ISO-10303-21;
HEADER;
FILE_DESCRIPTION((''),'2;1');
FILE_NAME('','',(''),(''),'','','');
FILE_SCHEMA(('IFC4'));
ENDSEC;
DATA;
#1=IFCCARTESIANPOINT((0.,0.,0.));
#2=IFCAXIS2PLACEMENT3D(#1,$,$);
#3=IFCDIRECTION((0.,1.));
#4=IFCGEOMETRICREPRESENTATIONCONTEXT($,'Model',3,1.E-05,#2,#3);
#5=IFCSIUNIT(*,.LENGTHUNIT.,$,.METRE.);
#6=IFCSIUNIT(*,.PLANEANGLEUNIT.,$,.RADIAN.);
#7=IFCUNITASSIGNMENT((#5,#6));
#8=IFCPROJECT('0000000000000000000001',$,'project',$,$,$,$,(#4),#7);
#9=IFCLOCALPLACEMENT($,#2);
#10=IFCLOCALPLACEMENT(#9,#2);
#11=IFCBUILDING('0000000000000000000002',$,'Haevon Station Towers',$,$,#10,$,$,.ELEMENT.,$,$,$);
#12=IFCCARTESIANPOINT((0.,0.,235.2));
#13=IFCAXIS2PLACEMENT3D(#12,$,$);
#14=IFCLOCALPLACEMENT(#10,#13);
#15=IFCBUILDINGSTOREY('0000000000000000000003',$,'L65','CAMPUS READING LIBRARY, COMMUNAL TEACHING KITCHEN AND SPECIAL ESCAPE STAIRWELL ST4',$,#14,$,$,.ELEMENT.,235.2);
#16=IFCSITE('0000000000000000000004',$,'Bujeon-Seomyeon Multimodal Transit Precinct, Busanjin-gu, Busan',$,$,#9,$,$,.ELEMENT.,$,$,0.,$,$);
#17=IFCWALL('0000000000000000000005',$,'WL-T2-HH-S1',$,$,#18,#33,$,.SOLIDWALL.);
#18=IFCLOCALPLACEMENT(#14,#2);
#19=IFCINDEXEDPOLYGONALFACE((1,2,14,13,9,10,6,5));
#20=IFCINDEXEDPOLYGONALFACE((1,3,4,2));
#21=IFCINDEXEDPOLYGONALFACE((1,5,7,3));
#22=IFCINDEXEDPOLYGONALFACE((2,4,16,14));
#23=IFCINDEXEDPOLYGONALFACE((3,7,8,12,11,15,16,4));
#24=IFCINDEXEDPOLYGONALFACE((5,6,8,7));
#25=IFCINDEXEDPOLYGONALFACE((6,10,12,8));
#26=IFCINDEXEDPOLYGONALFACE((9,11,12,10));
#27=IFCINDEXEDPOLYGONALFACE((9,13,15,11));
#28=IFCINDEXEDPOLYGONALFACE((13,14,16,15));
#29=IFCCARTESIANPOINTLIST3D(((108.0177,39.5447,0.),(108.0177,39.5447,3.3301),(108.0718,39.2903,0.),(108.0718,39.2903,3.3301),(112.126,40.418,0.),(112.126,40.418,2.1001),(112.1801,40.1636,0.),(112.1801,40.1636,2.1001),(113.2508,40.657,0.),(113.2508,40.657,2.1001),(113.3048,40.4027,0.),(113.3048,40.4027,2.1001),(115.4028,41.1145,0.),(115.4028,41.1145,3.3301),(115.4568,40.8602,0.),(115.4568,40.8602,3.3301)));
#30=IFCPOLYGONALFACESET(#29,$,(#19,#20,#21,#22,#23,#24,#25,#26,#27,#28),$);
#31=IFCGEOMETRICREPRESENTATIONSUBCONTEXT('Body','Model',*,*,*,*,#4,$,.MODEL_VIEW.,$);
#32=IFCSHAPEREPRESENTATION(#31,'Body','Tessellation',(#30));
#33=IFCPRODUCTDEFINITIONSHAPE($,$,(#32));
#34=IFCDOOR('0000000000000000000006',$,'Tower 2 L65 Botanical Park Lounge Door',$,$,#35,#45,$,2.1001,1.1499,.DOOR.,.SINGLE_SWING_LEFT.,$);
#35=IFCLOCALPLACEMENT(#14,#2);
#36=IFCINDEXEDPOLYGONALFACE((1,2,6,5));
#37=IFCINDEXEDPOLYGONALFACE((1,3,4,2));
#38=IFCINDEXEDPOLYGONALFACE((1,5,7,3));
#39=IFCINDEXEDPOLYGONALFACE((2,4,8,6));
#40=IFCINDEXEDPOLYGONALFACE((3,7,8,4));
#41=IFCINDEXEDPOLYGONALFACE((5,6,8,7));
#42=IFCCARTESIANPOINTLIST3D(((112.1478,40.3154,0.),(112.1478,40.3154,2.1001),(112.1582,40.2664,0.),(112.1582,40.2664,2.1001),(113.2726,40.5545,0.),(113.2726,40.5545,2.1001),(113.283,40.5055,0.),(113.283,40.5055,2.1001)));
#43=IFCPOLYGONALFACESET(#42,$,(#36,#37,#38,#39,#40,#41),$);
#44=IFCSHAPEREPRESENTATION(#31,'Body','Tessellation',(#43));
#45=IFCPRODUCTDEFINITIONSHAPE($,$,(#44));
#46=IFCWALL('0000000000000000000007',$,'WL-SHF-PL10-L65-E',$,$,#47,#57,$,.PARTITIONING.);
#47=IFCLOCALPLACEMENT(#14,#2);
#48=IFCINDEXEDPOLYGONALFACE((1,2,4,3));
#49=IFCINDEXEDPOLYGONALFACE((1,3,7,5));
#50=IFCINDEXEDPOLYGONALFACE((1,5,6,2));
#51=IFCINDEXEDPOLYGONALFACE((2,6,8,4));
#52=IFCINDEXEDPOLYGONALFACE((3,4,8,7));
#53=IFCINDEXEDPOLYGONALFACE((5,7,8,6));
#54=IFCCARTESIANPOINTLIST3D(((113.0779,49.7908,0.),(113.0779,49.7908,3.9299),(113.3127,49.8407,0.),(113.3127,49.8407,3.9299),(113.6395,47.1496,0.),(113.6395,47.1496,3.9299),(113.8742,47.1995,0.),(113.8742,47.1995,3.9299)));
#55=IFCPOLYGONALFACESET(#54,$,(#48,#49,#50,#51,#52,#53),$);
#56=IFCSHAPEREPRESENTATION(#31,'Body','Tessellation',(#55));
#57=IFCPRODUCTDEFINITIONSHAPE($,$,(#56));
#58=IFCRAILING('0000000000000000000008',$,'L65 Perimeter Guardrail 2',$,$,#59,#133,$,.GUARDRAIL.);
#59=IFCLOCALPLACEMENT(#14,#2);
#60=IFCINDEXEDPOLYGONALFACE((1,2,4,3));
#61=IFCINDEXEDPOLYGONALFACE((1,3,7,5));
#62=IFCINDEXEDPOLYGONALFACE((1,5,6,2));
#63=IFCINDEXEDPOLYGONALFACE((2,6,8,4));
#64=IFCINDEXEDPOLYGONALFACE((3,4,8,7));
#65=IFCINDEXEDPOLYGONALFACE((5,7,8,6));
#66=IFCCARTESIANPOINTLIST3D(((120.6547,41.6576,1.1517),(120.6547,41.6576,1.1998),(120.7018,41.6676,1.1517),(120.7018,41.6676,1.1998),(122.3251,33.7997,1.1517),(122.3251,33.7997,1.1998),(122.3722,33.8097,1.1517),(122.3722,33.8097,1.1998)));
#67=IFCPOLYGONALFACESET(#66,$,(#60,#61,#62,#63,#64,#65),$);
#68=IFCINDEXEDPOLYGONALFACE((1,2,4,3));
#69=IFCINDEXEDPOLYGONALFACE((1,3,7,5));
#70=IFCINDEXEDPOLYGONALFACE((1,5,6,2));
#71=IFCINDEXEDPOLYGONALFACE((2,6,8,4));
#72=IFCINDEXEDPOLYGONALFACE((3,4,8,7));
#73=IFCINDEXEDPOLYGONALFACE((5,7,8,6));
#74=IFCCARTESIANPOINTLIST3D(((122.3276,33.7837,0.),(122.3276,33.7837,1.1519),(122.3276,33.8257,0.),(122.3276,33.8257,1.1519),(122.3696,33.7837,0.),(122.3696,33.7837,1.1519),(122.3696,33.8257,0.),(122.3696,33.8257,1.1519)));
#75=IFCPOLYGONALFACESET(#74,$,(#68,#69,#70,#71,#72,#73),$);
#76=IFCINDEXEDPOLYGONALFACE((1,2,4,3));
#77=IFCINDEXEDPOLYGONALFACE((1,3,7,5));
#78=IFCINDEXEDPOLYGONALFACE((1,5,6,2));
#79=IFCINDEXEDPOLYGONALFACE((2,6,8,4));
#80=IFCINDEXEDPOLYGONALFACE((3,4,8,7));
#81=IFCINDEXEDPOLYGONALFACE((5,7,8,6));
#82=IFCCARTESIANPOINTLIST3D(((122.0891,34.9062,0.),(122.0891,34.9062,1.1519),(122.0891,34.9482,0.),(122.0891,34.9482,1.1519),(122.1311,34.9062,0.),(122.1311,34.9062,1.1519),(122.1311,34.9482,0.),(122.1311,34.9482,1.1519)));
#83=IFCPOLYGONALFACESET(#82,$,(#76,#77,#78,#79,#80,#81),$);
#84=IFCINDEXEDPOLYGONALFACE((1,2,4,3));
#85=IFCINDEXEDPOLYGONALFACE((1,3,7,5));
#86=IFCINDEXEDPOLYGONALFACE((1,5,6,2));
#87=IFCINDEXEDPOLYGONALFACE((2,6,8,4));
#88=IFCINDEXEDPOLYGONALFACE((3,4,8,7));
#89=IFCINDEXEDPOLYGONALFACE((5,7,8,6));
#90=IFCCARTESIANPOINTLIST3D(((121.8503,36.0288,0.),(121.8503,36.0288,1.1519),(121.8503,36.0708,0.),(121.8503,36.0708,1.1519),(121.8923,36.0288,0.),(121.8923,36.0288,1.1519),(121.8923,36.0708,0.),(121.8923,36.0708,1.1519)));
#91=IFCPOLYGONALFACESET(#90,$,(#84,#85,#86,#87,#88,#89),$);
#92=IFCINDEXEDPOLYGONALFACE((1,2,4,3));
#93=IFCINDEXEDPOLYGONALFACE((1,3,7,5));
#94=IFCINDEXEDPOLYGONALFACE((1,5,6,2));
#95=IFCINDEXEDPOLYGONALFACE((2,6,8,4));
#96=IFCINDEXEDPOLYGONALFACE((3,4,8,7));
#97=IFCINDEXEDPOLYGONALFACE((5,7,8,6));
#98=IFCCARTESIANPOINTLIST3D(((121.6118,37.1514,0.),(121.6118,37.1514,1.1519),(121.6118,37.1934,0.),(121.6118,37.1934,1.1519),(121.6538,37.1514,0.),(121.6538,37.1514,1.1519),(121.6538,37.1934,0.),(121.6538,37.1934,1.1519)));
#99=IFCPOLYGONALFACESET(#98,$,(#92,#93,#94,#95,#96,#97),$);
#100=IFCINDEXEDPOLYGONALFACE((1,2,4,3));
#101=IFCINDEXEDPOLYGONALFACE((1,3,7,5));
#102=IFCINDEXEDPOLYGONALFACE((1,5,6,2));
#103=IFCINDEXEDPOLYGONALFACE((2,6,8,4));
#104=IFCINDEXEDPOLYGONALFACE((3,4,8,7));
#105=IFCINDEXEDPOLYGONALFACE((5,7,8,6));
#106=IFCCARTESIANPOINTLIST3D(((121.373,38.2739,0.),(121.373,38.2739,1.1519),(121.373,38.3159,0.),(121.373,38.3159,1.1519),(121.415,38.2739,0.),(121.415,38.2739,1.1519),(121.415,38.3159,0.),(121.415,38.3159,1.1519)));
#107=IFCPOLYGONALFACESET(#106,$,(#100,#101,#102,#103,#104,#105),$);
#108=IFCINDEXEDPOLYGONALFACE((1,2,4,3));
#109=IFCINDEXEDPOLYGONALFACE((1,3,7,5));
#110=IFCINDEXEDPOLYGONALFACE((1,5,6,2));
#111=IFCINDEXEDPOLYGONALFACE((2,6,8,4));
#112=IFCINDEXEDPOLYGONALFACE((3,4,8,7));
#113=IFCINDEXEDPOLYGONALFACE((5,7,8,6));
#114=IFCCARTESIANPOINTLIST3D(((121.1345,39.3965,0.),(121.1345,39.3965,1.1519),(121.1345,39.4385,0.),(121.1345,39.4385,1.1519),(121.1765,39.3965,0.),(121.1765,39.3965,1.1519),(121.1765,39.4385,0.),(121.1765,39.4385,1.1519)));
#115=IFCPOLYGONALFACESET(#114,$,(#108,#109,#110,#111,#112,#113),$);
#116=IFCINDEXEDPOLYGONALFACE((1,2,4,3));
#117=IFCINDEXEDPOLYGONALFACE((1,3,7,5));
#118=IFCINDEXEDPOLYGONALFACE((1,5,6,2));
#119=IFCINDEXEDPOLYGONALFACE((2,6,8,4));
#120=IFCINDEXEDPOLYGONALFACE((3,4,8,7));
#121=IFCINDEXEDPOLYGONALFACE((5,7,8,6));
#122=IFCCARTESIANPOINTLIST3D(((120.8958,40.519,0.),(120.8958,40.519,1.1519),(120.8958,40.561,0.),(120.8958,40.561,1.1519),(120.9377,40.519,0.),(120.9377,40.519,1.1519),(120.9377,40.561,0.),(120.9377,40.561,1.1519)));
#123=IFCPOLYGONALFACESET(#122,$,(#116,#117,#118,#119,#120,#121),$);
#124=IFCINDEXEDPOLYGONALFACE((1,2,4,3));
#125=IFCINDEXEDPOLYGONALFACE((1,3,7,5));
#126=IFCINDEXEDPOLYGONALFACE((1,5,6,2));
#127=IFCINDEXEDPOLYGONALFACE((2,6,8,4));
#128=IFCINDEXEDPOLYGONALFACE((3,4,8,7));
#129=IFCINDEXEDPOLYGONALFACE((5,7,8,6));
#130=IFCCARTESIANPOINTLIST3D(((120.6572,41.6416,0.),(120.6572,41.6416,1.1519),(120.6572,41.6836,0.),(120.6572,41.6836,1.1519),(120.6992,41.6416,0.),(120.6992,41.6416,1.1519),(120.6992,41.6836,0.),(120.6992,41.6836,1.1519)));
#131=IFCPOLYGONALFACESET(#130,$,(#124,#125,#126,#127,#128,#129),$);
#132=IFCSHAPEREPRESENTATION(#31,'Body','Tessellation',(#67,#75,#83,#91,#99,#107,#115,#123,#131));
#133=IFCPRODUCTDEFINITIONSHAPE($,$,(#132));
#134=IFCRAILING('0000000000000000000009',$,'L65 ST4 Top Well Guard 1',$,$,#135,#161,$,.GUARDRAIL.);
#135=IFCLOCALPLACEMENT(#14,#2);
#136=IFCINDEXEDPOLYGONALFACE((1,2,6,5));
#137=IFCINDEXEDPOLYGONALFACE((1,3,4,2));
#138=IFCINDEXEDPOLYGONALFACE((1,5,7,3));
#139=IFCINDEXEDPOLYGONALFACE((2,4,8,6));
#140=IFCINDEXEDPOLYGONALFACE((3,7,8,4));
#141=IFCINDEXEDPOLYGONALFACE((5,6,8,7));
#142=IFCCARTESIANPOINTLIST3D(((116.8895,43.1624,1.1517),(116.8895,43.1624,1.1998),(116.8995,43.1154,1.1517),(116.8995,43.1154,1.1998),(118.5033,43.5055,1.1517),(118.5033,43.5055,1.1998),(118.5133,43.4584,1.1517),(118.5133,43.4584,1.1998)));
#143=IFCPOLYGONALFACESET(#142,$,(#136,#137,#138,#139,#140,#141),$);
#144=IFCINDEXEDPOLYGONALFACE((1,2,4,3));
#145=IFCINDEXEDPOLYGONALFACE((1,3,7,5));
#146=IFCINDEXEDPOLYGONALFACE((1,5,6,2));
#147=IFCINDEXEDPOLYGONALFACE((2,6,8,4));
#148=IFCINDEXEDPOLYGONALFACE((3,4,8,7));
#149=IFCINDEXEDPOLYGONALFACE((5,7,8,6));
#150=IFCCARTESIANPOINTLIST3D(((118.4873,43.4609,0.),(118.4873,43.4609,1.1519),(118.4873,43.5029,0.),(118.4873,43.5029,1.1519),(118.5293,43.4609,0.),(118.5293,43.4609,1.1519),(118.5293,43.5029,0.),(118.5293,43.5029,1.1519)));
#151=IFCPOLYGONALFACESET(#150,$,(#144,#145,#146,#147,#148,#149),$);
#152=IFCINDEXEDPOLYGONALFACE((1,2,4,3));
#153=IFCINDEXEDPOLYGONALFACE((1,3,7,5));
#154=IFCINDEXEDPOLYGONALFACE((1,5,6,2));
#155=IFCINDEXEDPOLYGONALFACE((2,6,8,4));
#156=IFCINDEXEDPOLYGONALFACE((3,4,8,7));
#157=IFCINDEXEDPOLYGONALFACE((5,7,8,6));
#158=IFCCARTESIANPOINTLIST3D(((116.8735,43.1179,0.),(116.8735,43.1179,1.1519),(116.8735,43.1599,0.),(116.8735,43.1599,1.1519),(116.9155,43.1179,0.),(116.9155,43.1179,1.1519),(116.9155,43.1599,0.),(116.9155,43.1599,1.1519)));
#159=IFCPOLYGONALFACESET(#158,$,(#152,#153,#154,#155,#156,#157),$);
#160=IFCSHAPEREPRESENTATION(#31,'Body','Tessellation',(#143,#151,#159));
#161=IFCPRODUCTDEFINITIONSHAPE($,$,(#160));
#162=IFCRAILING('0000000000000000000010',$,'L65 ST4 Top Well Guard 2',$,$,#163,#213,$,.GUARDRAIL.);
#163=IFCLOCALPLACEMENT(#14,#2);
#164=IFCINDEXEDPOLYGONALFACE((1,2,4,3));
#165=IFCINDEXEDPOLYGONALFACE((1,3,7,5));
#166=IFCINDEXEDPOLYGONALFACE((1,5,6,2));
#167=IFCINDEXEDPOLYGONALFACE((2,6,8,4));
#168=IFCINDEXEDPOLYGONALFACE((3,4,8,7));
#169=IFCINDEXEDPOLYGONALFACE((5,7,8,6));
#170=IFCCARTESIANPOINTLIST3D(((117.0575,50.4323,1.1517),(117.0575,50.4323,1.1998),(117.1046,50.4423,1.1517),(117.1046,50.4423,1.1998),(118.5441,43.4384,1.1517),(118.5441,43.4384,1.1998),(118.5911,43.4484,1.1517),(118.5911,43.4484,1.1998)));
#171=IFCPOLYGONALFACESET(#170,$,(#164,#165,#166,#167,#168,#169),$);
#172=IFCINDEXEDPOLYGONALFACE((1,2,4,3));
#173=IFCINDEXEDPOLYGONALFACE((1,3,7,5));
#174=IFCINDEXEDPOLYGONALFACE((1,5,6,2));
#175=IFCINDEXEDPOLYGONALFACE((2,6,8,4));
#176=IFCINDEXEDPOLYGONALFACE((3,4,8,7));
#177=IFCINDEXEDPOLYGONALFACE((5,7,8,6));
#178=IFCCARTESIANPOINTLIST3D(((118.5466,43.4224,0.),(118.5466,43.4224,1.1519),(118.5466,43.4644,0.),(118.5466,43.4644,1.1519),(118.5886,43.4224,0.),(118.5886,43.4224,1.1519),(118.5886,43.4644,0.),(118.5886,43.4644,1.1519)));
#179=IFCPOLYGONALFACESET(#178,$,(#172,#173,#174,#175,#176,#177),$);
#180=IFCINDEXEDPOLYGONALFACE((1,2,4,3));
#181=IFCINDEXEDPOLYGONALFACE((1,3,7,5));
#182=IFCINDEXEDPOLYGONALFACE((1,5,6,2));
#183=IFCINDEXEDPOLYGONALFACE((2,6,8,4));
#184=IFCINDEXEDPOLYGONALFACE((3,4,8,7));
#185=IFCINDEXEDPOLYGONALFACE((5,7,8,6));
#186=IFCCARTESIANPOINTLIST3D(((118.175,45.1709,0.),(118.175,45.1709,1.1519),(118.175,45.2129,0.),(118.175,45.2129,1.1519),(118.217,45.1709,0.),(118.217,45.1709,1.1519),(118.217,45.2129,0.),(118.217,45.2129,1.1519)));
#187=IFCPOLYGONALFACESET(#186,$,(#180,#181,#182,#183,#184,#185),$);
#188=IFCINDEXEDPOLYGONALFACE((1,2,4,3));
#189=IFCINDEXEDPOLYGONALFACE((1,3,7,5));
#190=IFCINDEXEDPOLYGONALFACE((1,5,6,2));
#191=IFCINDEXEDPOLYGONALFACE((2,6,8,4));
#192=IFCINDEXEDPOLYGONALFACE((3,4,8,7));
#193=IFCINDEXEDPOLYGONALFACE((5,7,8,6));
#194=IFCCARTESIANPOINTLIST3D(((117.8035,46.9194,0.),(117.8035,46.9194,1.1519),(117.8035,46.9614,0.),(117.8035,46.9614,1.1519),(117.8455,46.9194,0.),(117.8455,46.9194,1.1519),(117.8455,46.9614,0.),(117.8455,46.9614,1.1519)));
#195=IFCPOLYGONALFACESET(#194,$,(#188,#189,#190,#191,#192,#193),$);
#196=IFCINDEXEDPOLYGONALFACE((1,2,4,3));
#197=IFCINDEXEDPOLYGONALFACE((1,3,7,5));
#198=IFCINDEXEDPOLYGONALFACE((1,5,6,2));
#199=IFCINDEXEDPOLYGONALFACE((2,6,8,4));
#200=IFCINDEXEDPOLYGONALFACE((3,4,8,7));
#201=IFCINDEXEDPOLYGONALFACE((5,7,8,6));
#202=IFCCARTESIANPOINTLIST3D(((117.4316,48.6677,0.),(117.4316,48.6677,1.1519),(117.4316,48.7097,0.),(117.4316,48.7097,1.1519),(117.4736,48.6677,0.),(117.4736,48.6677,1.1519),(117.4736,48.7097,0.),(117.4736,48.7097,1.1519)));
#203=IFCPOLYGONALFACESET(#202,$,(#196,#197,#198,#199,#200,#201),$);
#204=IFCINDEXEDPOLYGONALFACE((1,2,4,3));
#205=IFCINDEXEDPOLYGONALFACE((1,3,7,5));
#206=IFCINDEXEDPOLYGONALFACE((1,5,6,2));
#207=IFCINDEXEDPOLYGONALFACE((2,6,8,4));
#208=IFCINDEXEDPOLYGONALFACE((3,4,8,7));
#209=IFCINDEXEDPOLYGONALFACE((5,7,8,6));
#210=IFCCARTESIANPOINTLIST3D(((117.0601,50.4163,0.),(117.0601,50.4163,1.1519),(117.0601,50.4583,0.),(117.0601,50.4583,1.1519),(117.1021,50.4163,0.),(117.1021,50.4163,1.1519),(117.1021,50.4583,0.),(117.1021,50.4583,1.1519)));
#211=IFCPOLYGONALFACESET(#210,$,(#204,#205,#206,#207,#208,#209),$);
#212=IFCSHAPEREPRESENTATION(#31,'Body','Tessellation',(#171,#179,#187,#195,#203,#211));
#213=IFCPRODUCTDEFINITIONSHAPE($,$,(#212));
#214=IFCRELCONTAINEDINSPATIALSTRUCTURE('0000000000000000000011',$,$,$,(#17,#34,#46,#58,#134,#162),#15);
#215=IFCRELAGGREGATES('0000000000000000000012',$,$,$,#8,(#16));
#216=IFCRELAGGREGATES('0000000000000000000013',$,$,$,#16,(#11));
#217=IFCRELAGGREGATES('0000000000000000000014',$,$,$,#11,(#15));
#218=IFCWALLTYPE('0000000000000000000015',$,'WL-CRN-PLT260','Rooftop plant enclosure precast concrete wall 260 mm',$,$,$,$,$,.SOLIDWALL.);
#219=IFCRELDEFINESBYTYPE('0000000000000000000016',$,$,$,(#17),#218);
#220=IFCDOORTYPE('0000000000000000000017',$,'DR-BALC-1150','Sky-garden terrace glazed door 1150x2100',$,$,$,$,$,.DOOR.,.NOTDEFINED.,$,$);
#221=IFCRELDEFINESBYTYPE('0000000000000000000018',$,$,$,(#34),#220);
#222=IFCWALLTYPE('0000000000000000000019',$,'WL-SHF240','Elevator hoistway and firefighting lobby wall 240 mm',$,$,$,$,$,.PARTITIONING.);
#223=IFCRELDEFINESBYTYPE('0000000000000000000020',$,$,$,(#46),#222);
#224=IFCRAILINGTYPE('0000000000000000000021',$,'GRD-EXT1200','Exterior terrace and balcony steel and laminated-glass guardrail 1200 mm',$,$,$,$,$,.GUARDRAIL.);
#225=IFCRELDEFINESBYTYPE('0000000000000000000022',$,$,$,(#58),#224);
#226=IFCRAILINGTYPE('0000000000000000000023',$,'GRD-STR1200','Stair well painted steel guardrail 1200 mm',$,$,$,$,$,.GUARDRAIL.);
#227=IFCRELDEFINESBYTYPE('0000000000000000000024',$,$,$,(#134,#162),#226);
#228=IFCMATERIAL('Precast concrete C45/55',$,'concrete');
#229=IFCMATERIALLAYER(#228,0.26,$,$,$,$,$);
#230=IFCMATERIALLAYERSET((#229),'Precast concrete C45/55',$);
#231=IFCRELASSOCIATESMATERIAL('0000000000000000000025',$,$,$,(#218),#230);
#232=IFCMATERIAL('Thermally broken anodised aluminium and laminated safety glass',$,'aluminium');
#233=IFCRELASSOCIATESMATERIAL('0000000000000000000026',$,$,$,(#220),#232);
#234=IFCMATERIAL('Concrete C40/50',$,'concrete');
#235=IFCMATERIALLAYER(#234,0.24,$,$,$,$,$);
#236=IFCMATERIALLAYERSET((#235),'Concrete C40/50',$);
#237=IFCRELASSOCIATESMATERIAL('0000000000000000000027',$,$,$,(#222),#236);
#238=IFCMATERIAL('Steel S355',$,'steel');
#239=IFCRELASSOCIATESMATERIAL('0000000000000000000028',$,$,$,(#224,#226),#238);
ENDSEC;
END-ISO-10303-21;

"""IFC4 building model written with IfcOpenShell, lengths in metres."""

from ifc_helpers import new_model, si_unit, direction, frame, frame_2d, origin, origin_2d, place, context, subcontext, project, spatial, rectangle, extrude, material, layer, layer_set, type_object, element, fill, save


model = new_model("IFC4")

# Units and contexts
model_context = context("Model", 3, precision=1e-05, world=origin(), true_north=direction((0.0, 1.0)))
body_context = subcontext(model_context, "Body", "Model", "MODEL_VIEW")
ifc_project = project(units=[si_unit("LENGTHUNIT", "METRE"), si_unit("PLANEANGLEUNIT", "RADIAN")], contexts=[model_context])

# Site, building, storey
site_placement = place(None, origin())
site = spatial("IfcSite", under=ifc_project, at=site_placement, Name="Bujeon-Seomyeon Multimodal Transit Precinct, Busanjin-gu, Busan", CompositionType="ELEMENT", RefElevation=0.0)
building_placement = place(site_placement, origin())
building = spatial("IfcBuilding", under=site, at=building_placement, Name="Haevon Station Towers", CompositionType="ELEMENT")
storey_placement = place(building_placement, frame((0.0, 0.0, 235.2)))
storey = spatial("IfcBuildingStorey", under=building, at=storey_placement, Name="L65", Description="CAMPUS READING LIBRARY, COMMUNAL TEACHING KITCHEN AND SPECIAL ESCAPE STAIRWELL ST4", CompositionType="ELEMENT", Elevation=235.2)

# Shared definitions
ifc_material_1 = material(Name="Steel S355", Category="steel")

# Wall, opening, door
ifc_material_2 = material(Name="Precast concrete C45/55", Category="concrete")
ifc_layer_1 = layer(ifc_material_2, 0.26)
ifc_layer_set_1 = layer_set([ifc_layer_1], Name="Precast concrete C45/55")
wall_type_1 = type_object("IfcWallType", Name="WL-CRN-PLT260", Description="Rooftop plant enclosure precast concrete wall 260 mm", PredefinedType="SOLIDWALL", material=ifc_layer_set_1)
wall_1_placement = place(storey_placement, frame((115.4297, 40.9873, 0.0), z_axis=(0.0, 0.0, 1.0), x_axis=(-0.978145, -0.207923, 0.0)))
wall_1 = element("IfcWall", 1, at=wall_1_placement, inside=storey, type_object=wall_type_1, Name="WL-T2-HH-S1", PredefinedType="SOLIDWALL", context=body_context, shape_type="SweptSolid", body=[
    extrude(rectangle(XDim=7.55, YDim=0.26, at=frame_2d((3.7749, 0.0))), origin(), (0.0, 0.0, 1.0), 3.3301),
])
opening_1_placement = place(wall_1_placement, frame((2.2, 0.0, 0.0)))
opening_1 = element("IfcOpeningElement", 2, at=opening_1_placement, cuts=wall_1, PredefinedType="OPENING", context=body_context, shape_type="SweptSolid", body=[
    extrude(rectangle(XDim=1.1499, YDim=2.1001, at=frame_2d((0.575, 1.05))), frame((0.0, 0.1399, 0.0), z_axis=(0.0, -1.0, 0.0), x_axis=(1.0, 0.0, 0.0)), (0.0, 0.0, 1.0), 0.28),
])
ifc_material_3 = material(Name="Thermally broken anodised aluminium and laminated safety glass", Category="aluminium")
door_type_1 = type_object("IfcDoorType", Name="DR-BALC-1150", Description="Sky-garden terrace glazed door 1150x2100", OperationType="NOTDEFINED", PredefinedType="DOOR", material=ifc_material_3)
door_1_placement = place(opening_1_placement, origin())
door_1 = element("IfcDoor", 3, at=door_1_placement, inside=storey, type_object=door_type_1, Name="Tower 2 L65 Botanical Park Lounge Door", OperationType="SINGLE_SWING_LEFT", OverallHeight=2.1001, OverallWidth=1.1499, PredefinedType="DOOR", context=body_context, shape_type="SweptSolid", body=[
    extrude(rectangle(XDim=1.1499, YDim=2.1001, at=frame_2d((0.575, 1.05))), frame((0.0, 0.0249, 0.0), z_axis=(0.0, -1.0, 0.0), x_axis=(1.0, 0.0, 0.0)), (0.0, 0.0, 1.0), 0.05),
])
fill(opening_1, door_1)

# Wall
ifc_material_4 = material(Name="Concrete C40/50", Category="concrete")
ifc_layer_2 = layer(ifc_material_4, 0.24)
ifc_layer_set_2 = layer_set([ifc_layer_2], Name="Concrete C40/50")
wall_type_2 = type_object("IfcWallType", Name="WL-SHF240", Description="Elevator hoistway and firefighting lobby wall 240 mm", PredefinedType="PARTITIONING", material=ifc_layer_set_2)
wall_2_placement = place(storey_placement, frame((113.7568, 47.1746, 0.0), z_axis=(0.0, 0.0, 1.0), x_axis=(-0.20796, 0.978137, 0.0)))
element("IfcWall", 4, at=wall_2_placement, inside=storey, type_object=wall_type_2, Name="WL-SHF-PL10-L65-E", PredefinedType="PARTITIONING", context=body_context, shape_type="SweptSolid", body=[
    extrude(rectangle(XDim=2.7002, YDim=0.24, at=frame_2d((1.3501, 0.0))), origin(), (0.0, 0.0, 1.0), 3.9299),
])

# Railings
railing_type_1 = type_object("IfcRailingType", Name="GRD-EXT1200", Description="Exterior terrace and balcony steel and laminated-glass guardrail 1200 mm", PredefinedType="GUARDRAIL", material=ifc_material_1)
railing_1_placement = place(storey_placement, frame((122.3486, 33.8047, 0.0)))
element("IfcRailing", 5, at=railing_1_placement, inside=storey, type_object=railing_type_1, Name="L65 Perimeter Guardrail 2", PredefinedType="GUARDRAIL", context=body_context, shape_type="SweptSolid", body=[
    extrude(rectangle(XDim=0.0481, YDim=0.0481, at=origin_2d()), frame((0.0, 0.0, 1.1758), z_axis=(-0.207931, 0.978144, 0.0), x_axis=(-0.978144, -0.207931, 0.0)), (0.0, 0.0, 1.0), 8.0334),
    extrude(rectangle(XDim=0.042, YDim=0.042, at=origin_2d()), origin(), (0.0, 0.0, 1.0), 1.1519),
    extrude(rectangle(XDim=0.042, YDim=0.042, at=origin_2d()), frame((-0.2385, 1.1226, 0.0)), (0.0, 0.0, 1.0), 1.1519),
    extrude(rectangle(XDim=0.042, YDim=0.042, at=origin_2d()), frame((-0.4773, 2.2451, 0.0)), (0.0, 0.0, 1.0), 1.1519),
    extrude(rectangle(XDim=0.042, YDim=0.042, at=origin_2d()), frame((-0.7158, 3.3677, 0.0)), (0.0, 0.0, 1.0), 1.1519),
    extrude(rectangle(XDim=0.042, YDim=0.042, at=origin_2d()), frame((-0.9546, 4.4902, 0.0)), (0.0, 0.0, 1.0), 1.1519),
    extrude(rectangle(XDim=0.042, YDim=0.042, at=origin_2d()), frame((-1.1931, 5.6128, 0.0)), (0.0, 0.0, 1.0), 1.1519),
    extrude(rectangle(XDim=0.042, YDim=0.042, at=origin_2d()), frame((-1.4319, 6.7354, 0.0)), (0.0, 0.0, 1.0), 1.1519),
    extrude(rectangle(XDim=0.042, YDim=0.042, at=origin_2d()), frame((-1.6704, 7.8579, 0.0)), (0.0, 0.0, 1.0), 1.1519),
])
railing_type_2 = type_object("IfcRailingType", Name="GRD-STR1200", Description="Stair well painted steel guardrail 1200 mm", PredefinedType="GUARDRAIL", material=ifc_material_1)
railing_2_placement = place(storey_placement, frame((118.5083, 43.4819, 0.0)))
element("IfcRailing", 6, at=railing_2_placement, inside=storey, type_object=railing_type_2, Name="L65 ST4 Top Well Guard 1", PredefinedType="GUARDRAIL", context=body_context, shape_type="SweptSolid", body=[
    extrude(rectangle(XDim=0.0481, YDim=0.0481, at=origin_2d()), frame((0.0, 0.0, 1.1758), z_axis=(-0.978148, -0.207912, 0.0), x_axis=(0.207912, -0.978148, 0.0)), (0.0, 0.0, 1.0), 1.6499),
    extrude(rectangle(XDim=0.042, YDim=0.042, at=origin_2d()), origin(), (0.0, 0.0, 1.0), 1.1519),
    extrude(rectangle(XDim=0.042, YDim=0.042, at=origin_2d()), frame((-1.6138, -0.343, 0.0)), (0.0, 0.0, 1.0), 1.1519),
])
railing_3_placement = place(storey_placement, frame((118.5676, 43.4434, 0.0)))
element("IfcRailing", 7, at=railing_3_placement, inside=storey, type_object=railing_type_2, Name="L65 ST4 Top Well Guard 2", PredefinedType="GUARDRAIL", context=body_context, shape_type="SweptSolid", body=[
    extrude(rectangle(XDim=0.0481, YDim=0.0481, at=origin_2d()), frame((0.0, 0.0, 1.1758), z_axis=(-0.207908, 0.978148, 0.0), x_axis=(-0.978148, -0.207908, 0.0)), (0.0, 0.0, 1.0), 7.1501),
    extrude(rectangle(XDim=0.042, YDim=0.042, at=origin_2d()), origin(), (0.0, 0.0, 1.0), 1.1519),
    extrude(rectangle(XDim=0.042, YDim=0.042, at=origin_2d()), frame((-0.3716, 1.7485, 0.0)), (0.0, 0.0, 1.0), 1.1519),
    extrude(rectangle(XDim=0.042, YDim=0.042, at=origin_2d()), frame((-0.7432, 3.4971, 0.0)), (0.0, 0.0, 1.0), 1.1519),
    extrude(rectangle(XDim=0.042, YDim=0.042, at=origin_2d()), frame((-1.115, 5.2454, 0.0)), (0.0, 0.0, 1.0), 1.1519),
    extrude(rectangle(XDim=0.042, YDim=0.042, at=origin_2d()), frame((-1.4866, 6.9939, 0.0)), (0.0, 0.0, 1.0), 1.1519),
])

save(model, "model.ifc")
